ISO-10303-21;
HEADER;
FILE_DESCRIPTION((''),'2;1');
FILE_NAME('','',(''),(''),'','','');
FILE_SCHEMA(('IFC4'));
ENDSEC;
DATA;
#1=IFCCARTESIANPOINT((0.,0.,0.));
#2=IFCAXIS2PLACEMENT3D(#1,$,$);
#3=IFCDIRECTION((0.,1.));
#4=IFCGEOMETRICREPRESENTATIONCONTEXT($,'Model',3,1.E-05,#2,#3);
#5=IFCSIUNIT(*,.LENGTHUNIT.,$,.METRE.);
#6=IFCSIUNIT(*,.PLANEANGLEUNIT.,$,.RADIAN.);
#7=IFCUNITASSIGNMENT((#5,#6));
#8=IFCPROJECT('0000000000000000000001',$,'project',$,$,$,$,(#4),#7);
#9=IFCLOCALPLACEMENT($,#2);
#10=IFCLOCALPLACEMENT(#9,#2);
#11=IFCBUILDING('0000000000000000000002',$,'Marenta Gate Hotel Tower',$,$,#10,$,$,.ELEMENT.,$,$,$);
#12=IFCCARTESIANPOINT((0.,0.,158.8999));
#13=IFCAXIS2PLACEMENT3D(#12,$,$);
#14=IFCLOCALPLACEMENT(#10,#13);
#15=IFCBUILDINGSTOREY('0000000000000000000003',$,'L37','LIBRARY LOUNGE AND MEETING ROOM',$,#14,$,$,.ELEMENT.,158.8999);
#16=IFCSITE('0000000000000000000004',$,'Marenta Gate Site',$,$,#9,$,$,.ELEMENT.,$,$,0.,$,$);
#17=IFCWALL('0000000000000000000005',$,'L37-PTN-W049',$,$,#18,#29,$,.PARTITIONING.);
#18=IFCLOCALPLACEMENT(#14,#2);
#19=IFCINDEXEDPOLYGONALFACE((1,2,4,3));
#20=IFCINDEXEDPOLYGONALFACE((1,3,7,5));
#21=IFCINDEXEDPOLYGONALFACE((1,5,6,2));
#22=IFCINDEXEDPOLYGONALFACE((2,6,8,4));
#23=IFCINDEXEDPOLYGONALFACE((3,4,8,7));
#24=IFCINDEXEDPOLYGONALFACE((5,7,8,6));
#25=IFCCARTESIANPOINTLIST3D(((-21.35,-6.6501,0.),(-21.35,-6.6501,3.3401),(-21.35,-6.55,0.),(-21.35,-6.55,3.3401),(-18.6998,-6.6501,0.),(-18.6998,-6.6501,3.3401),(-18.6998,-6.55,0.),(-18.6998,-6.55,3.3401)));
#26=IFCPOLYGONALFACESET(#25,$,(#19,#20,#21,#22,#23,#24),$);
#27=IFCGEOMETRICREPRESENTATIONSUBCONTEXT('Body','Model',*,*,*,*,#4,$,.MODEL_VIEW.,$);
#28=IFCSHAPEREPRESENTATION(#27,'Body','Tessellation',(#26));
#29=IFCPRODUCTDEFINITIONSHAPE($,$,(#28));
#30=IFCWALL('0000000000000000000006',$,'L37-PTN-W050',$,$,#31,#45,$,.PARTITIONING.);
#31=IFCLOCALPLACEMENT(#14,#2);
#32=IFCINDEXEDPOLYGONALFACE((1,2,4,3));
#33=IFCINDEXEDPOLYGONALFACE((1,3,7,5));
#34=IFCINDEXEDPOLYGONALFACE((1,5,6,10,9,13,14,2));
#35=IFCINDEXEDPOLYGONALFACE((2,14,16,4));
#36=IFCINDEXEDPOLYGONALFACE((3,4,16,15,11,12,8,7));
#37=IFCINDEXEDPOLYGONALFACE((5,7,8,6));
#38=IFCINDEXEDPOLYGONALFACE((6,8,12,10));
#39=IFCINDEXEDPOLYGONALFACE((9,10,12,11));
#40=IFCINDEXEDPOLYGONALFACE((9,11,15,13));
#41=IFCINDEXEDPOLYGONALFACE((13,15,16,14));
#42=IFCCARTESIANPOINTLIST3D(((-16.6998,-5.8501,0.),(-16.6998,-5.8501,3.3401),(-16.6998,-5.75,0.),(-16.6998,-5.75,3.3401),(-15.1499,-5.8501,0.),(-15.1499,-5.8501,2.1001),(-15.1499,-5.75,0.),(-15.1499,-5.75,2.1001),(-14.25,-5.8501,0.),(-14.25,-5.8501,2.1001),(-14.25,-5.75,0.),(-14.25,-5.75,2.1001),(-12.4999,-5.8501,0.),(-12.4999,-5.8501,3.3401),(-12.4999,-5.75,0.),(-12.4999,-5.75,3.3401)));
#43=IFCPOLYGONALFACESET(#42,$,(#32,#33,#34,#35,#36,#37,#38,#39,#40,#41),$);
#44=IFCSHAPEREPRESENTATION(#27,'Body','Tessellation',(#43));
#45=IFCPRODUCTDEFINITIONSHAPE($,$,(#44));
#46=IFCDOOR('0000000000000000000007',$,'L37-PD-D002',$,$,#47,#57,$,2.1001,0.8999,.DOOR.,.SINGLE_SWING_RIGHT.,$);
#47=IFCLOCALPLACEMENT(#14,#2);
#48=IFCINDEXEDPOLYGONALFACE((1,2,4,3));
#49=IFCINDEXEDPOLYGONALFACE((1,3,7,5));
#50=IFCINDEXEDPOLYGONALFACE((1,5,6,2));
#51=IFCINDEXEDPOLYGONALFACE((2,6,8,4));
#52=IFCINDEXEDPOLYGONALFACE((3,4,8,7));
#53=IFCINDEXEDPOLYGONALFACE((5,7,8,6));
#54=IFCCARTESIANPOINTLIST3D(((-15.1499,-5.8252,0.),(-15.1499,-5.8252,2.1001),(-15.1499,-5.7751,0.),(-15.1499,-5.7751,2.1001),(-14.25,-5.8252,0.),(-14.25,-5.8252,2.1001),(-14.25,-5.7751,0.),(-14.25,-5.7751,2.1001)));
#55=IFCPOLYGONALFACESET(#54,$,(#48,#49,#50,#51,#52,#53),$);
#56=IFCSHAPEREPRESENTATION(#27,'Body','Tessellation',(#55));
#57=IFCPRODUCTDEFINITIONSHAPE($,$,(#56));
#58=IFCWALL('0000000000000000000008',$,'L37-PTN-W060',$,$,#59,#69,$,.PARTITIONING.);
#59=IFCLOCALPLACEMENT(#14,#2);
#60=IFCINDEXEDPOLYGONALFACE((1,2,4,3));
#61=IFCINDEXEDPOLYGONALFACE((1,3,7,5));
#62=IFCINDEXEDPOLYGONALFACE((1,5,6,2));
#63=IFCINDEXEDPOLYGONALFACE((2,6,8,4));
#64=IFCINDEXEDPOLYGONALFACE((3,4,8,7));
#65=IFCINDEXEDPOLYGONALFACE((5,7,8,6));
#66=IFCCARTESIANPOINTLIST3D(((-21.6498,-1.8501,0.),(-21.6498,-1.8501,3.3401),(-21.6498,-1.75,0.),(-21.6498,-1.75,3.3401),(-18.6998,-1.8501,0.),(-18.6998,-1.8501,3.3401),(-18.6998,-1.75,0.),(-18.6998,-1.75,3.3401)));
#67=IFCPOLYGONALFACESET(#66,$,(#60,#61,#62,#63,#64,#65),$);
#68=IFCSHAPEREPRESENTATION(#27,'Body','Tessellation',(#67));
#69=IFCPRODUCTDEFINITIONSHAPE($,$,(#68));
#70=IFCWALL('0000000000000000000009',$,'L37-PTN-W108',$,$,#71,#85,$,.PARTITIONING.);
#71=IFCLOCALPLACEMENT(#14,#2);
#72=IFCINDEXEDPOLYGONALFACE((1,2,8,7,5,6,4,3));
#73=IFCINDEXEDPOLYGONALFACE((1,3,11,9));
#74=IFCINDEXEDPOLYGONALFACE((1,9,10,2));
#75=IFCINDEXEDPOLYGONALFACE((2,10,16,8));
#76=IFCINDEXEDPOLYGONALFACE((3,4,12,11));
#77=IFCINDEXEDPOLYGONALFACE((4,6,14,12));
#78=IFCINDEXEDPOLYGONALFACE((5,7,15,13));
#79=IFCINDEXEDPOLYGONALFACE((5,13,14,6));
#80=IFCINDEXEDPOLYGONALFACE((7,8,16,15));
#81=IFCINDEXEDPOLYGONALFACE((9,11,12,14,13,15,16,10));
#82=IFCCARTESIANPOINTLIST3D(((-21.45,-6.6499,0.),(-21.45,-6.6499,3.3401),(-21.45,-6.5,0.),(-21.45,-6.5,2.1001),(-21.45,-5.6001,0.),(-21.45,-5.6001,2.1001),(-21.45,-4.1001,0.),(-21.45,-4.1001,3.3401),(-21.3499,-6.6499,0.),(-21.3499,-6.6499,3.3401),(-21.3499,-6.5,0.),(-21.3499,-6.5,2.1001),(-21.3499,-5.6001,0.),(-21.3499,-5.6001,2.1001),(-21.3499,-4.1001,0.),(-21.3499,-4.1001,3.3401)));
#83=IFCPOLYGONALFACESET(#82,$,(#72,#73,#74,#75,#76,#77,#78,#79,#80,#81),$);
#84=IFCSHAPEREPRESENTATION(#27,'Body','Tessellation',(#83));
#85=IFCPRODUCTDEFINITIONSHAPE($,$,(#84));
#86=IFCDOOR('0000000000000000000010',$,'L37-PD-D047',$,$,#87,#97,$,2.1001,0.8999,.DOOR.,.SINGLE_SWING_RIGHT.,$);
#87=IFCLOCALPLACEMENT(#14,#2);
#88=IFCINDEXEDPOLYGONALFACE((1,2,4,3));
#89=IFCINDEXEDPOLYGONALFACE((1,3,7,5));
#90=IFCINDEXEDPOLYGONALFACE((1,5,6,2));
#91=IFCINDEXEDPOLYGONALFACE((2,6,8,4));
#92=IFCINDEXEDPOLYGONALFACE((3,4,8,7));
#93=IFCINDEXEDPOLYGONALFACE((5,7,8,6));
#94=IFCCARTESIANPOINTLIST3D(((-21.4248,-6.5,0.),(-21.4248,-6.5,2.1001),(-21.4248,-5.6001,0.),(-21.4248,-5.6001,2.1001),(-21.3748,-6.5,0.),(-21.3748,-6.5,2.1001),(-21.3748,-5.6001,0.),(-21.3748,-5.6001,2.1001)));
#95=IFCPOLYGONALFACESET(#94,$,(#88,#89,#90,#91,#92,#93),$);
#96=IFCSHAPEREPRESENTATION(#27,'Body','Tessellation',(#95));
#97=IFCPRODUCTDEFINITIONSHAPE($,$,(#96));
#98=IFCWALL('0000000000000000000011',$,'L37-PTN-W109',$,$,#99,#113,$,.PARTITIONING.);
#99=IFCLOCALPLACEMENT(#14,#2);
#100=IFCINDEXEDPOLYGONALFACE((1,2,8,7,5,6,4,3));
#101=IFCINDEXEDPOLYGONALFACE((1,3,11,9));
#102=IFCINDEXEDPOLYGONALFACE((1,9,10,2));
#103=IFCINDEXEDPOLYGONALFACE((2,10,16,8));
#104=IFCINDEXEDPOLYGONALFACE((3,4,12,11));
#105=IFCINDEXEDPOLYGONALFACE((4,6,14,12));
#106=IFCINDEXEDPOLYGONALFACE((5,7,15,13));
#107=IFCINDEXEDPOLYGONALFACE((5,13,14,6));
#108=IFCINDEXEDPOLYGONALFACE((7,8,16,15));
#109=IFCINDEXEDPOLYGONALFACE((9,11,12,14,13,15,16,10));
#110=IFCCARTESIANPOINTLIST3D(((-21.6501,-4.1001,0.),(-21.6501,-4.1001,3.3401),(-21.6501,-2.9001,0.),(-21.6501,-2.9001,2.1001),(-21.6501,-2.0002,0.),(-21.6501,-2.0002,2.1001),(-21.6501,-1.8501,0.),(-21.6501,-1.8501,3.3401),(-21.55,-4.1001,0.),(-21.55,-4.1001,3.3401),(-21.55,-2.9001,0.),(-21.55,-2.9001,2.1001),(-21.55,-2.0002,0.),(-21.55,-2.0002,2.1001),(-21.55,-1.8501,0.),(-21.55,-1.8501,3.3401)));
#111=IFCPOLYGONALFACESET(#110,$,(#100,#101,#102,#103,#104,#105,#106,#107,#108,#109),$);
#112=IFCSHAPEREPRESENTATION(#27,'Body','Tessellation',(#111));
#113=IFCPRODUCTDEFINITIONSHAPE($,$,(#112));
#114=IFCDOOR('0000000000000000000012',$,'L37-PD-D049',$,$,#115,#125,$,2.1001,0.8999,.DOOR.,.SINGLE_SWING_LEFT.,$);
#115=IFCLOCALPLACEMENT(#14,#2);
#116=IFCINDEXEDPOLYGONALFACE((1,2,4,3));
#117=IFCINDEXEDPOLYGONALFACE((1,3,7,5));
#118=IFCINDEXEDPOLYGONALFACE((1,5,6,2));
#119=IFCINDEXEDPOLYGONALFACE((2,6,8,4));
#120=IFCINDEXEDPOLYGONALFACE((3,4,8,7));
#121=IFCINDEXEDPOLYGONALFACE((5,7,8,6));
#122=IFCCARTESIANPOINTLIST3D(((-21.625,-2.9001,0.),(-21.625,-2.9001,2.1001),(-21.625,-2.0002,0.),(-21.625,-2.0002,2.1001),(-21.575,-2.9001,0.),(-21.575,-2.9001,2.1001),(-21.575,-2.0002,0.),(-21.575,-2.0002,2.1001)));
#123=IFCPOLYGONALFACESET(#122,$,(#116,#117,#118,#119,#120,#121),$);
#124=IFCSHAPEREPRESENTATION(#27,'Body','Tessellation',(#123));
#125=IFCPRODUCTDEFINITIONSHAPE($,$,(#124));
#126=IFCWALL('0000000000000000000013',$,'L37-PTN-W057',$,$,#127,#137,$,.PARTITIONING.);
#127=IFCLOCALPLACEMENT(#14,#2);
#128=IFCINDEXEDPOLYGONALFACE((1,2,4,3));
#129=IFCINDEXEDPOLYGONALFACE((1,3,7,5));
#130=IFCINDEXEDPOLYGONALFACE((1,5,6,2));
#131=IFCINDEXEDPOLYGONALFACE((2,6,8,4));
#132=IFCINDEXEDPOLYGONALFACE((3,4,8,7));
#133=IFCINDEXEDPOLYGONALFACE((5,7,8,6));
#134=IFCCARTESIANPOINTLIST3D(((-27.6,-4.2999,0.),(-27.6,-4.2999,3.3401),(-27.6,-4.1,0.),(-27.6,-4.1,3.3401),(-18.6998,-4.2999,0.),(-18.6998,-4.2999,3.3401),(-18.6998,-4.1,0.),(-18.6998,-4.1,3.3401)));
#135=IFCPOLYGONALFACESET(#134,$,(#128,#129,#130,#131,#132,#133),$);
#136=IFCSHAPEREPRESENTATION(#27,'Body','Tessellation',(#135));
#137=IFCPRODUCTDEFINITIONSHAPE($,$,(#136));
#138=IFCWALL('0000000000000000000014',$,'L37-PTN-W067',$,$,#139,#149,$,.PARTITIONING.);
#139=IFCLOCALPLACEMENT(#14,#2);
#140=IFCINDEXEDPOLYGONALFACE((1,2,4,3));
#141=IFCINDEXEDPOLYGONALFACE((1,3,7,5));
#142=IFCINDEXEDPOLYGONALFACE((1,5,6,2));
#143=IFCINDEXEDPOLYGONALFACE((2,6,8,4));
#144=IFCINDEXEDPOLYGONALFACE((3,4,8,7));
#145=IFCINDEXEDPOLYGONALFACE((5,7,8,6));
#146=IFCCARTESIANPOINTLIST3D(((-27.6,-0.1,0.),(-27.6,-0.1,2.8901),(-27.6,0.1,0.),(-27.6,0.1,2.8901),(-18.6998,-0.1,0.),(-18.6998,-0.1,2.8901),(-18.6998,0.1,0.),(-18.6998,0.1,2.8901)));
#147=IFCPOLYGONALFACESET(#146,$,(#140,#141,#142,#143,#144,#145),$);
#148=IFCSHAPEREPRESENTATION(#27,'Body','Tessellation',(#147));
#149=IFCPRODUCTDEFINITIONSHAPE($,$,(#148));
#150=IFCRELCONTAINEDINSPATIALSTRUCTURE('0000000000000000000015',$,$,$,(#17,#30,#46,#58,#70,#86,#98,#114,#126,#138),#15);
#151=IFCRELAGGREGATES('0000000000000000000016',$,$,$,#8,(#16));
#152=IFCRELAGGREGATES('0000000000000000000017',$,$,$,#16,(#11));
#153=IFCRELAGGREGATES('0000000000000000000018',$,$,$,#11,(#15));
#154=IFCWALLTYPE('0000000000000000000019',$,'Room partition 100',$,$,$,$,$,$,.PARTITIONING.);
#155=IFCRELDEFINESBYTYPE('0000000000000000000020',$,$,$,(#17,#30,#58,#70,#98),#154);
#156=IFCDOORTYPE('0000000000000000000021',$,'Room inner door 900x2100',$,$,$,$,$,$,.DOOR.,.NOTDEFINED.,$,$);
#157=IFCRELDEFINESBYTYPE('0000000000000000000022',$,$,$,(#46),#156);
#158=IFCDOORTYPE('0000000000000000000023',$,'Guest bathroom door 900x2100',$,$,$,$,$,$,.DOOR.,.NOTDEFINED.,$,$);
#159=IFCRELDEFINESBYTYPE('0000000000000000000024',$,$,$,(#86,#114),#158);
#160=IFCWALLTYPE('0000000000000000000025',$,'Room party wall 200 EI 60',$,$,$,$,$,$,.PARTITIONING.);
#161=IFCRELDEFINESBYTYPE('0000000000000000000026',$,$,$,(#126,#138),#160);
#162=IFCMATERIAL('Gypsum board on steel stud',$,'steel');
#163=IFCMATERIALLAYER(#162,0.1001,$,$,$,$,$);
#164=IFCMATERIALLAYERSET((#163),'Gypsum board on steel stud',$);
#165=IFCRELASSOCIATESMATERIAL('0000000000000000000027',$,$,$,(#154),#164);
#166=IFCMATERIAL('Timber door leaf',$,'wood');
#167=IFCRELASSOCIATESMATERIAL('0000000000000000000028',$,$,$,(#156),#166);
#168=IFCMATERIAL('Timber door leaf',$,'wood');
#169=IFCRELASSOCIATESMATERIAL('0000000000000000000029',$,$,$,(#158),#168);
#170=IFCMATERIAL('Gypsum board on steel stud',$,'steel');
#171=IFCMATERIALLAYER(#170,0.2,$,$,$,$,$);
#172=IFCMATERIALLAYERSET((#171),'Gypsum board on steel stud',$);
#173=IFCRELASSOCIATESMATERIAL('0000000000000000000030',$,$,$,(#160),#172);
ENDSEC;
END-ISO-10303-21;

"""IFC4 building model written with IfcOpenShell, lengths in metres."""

from ifc_helpers import new_model, si_unit, direction, frame, frame_2d, origin, place, context, subcontext, project, spatial, rectangle, extrude, material, layer, layer_set, type_object, element, fill, save


model = new_model("IFC4")

# Units and contexts
model_context = context("Model", 3, precision=1e-05, world=origin(), true_north=direction((0.0, 1.0)))
body_context = subcontext(model_context, "Body", "Model", "MODEL_VIEW")
ifc_project = project(units=[si_unit("LENGTHUNIT", "METRE"), si_unit("PLANEANGLEUNIT", "RADIAN")], contexts=[model_context])

# Site, building, storey
site_placement = place(None, origin())
site = spatial("IfcSite", under=ifc_project, at=site_placement, Name="Marenta Gate Site", CompositionType="ELEMENT", RefElevation=0.0)
building_placement = place(site_placement, origin())
building = spatial("IfcBuilding", under=site, at=building_placement, Name="Marenta Gate Hotel Tower", CompositionType="ELEMENT")
storey_placement = place(building_placement, frame((0.0, 0.0, 158.8999)))
storey = spatial("IfcBuildingStorey", under=building, at=storey_placement, Name="L37", Description="LIBRARY LOUNGE AND MEETING ROOM", CompositionType="ELEMENT", Elevation=158.8999)

# Wall
ifc_material_1 = material(Name="Gypsum board on steel stud", Category="steel")
ifc_layer_1 = layer(ifc_material_1, 0.1001)
ifc_layer_set_1 = layer_set([ifc_layer_1], Name="Gypsum board on steel stud")
wall_type_1 = type_object("IfcWallType", Name="Room partition 100", PredefinedType="PARTITIONING", material=ifc_layer_set_1)
wall_1_placement = place(storey_placement, frame((-21.3501, -6.6001, 0.0), z_axis=(0.0, 0.0, 1.0), x_axis=(1.0, 0.0, 0.0)))
element("IfcWall", 1, at=wall_1_placement, inside=storey, type_object=wall_type_1, Name="L37-PTN-W049", PredefinedType="PARTITIONING", context=body_context, shape_type="SweptSolid", body=[
    extrude(rectangle(XDim=2.6501, YDim=0.1001, at=frame_2d((1.3252, 0.0))), origin(), (0.0, 0.0, 1.0), 3.3401),
])

# Wall, opening, door
wall_2_placement = place(storey_placement, frame((-16.7, -5.8, 0.0), z_axis=(0.0, 0.0, 1.0), x_axis=(1.0, 0.0, 0.0)))
wall_2 = element("IfcWall", 2, at=wall_2_placement, inside=storey, type_object=wall_type_1, Name="L37-PTN-W050", PredefinedType="PARTITIONING", context=body_context, shape_type="SweptSolid", body=[
    extrude(rectangle(XDim=4.2, YDim=0.1001, at=frame_2d((2.1001, 0.0))), origin(), (0.0, 0.0, 1.0), 3.3401),
])
opening_1_placement = place(wall_2_placement, frame((1.55, 0.0, 0.0)))
opening_1 = element("IfcOpeningElement", 3, at=opening_1_placement, cuts=wall_2, PredefinedType="OPENING", context=body_context, shape_type="SweptSolid", body=[
    extrude(rectangle(XDim=0.8999, YDim=2.1001, at=frame_2d((0.45, 1.05))), frame((0.0, 0.05, 0.0), z_axis=(0.0, -1.0, 0.0), x_axis=(1.0, 0.0, 0.0)), (0.0, 0.0, 1.0), 0.1001),
])
ifc_material_2 = material(Name="Timber door leaf", Category="wood")
door_type_1 = type_object("IfcDoorType", Name="Room inner door 900x2100", OperationType="NOTDEFINED", PredefinedType="DOOR", material=ifc_material_2)
door_1_placement = place(opening_1_placement, origin())
door_1 = element("IfcDoor", 4, at=door_1_placement, inside=storey, type_object=door_type_1, Name="L37-PD-D002", OperationType="SINGLE_SWING_RIGHT", OverallHeight=2.1001, OverallWidth=0.8999, PredefinedType="DOOR", context=body_context, shape_type="SweptSolid", body=[
    extrude(rectangle(XDim=0.8999, YDim=2.1001, at=frame_2d((0.45, 1.05))), frame((0.0, 0.0249, 0.0), z_axis=(0.0, -1.0, 0.0), x_axis=(1.0, 0.0, 0.0)), (0.0, 0.0, 1.0), 0.05),
])
fill(opening_1, door_1)

# Wall
wall_3_placement = place(storey_placement, frame((-21.6499, -1.8, 0.0), z_axis=(0.0, 0.0, 1.0), x_axis=(1.0, 0.0, 0.0)))
element("IfcWall", 5, at=wall_3_placement, inside=storey, type_object=wall_type_1, Name="L37-PTN-W060", PredefinedType="PARTITIONING", context=body_context, shape_type="SweptSolid", body=[
    extrude(rectangle(XDim=2.95, YDim=0.1001, at=frame_2d((1.4751, 0.0))), origin(), (0.0, 0.0, 1.0), 3.3401),
])

# Walls, openings, doors
wall_4_placement = place(storey_placement, frame((-21.3999, -6.6499, 0.0), z_axis=(0.0, 0.0, 1.0), x_axis=(0.0, 1.0, 0.0)))
wall_4 = element("IfcWall", 6, at=wall_4_placement, inside=storey, type_object=wall_type_1, Name="L37-PTN-W108", PredefinedType="PARTITIONING", context=body_context, shape_type="SweptSolid", body=[
    extrude(rectangle(XDim=2.5498, YDim=0.1001, at=frame_2d((1.2749, 0.0))), origin(), (0.0, 0.0, 1.0), 3.3401),
])
opening_2_placement = place(wall_4_placement, frame((0.1499, 0.0, 0.0)))
opening_2 = element("IfcOpeningElement", 7, at=opening_2_placement, cuts=wall_4, PredefinedType="OPENING", context=body_context, shape_type="SweptSolid", body=[
    extrude(rectangle(XDim=0.8999, YDim=2.1001, at=frame_2d((0.45, 1.05))), frame((0.0, 0.05, 0.0), z_axis=(0.0, -1.0, 0.0), x_axis=(1.0, 0.0, 0.0)), (0.0, 0.0, 1.0), 0.1001),
])
ifc_material_3 = material(Name="Timber door leaf", Category="wood")
door_type_2 = type_object("IfcDoorType", Name="Guest bathroom door 900x2100", OperationType="NOTDEFINED", PredefinedType="DOOR", material=ifc_material_3)
door_2_placement = place(opening_2_placement, origin())
door_2 = element("IfcDoor", 8, at=door_2_placement, inside=storey, type_object=door_type_2, Name="L37-PD-D047", OperationType="SINGLE_SWING_RIGHT", OverallHeight=2.1001, OverallWidth=0.8999, PredefinedType="DOOR", context=body_context, shape_type="SweptSolid", body=[
    extrude(rectangle(XDim=0.8999, YDim=2.1001, at=frame_2d((0.45, 1.05))), frame((0.0, 0.0249, 0.0), z_axis=(0.0, -1.0, 0.0), x_axis=(1.0, 0.0, 0.0)), (0.0, 0.0, 1.0), 0.05),
])
fill(opening_2, door_2)
wall_5_placement = place(storey_placement, frame((-21.6001, -4.1001, 0.0), z_axis=(0.0, 0.0, 1.0), x_axis=(0.0, 1.0, 0.0)))
wall_5 = element("IfcWall", 9, at=wall_5_placement, inside=storey, type_object=wall_type_1, Name="L37-PTN-W109", PredefinedType="PARTITIONING", context=body_context, shape_type="SweptSolid", body=[
    extrude(rectangle(XDim=2.25, YDim=0.1001, at=frame_2d((1.125, 0.0))), origin(), (0.0, 0.0, 1.0), 3.3401),
])
opening_3_placement = place(wall_5_placement, frame((1.2, 0.0, 0.0)))
opening_3 = element("IfcOpeningElement", 10, at=opening_3_placement, cuts=wall_5, PredefinedType="OPENING", context=body_context, shape_type="SweptSolid", body=[
    extrude(rectangle(XDim=0.8999, YDim=2.1001, at=frame_2d((0.45, 1.05))), frame((0.0, 0.05, 0.0), z_axis=(0.0, -1.0, 0.0), x_axis=(1.0, 0.0, 0.0)), (0.0, 0.0, 1.0), 0.1001),
])
door_3_placement = place(opening_3_placement, origin())
door_3 = element("IfcDoor", 11, at=door_3_placement, inside=storey, type_object=door_type_2, Name="L37-PD-D049", OperationType="SINGLE_SWING_LEFT", OverallHeight=2.1001, OverallWidth=0.8999, PredefinedType="DOOR", context=body_context, shape_type="SweptSolid", body=[
    extrude(rectangle(XDim=0.8999, YDim=2.1001, at=frame_2d((0.45, 1.05))), frame((0.0, 0.0249, 0.0), z_axis=(0.0, -1.0, 0.0), x_axis=(1.0, 0.0, 0.0)), (0.0, 0.0, 1.0), 0.05),
])
fill(opening_3, door_3)

# Walls
ifc_material_4 = material(Name="Gypsum board on steel stud", Category="steel")
ifc_layer_2 = layer(ifc_material_4, 0.2)
ifc_layer_set_2 = layer_set([ifc_layer_2], Name="Gypsum board on steel stud")
wall_type_2 = type_object("IfcWallType", Name="Room party wall 200 EI 60", PredefinedType="PARTITIONING", material=ifc_layer_set_2)
wall_6_placement = place(storey_placement, frame((-27.6001, -4.2, 0.0), z_axis=(0.0, 0.0, 1.0), x_axis=(1.0, 0.0, 0.0)))
element("IfcWall", 12, at=wall_6_placement, inside=storey, type_object=wall_type_2, Name="L37-PTN-W057", PredefinedType="PARTITIONING", context=body_context, shape_type="SweptSolid", body=[
    extrude(rectangle(XDim=8.9001, YDim=0.2, at=frame_2d((4.4502, 0.0))), origin(), (0.0, 0.0, 1.0), 3.3401),
])
wall_7_placement = place(storey_placement, frame((-27.6001, 0.0, 0.0), z_axis=(0.0, 0.0, 1.0), x_axis=(1.0, 0.0, 0.0)))
element("IfcWall", 13, at=wall_7_placement, inside=storey, type_object=wall_type_2, Name="L37-PTN-W067", PredefinedType="PARTITIONING", context=body_context, shape_type="SweptSolid", body=[
    extrude(rectangle(XDim=8.9001, YDim=0.2, at=frame_2d((4.4502, 0.0))), origin(), (0.0, 0.0, 1.0), 2.8901),
])

save(model, "model.ifc")
